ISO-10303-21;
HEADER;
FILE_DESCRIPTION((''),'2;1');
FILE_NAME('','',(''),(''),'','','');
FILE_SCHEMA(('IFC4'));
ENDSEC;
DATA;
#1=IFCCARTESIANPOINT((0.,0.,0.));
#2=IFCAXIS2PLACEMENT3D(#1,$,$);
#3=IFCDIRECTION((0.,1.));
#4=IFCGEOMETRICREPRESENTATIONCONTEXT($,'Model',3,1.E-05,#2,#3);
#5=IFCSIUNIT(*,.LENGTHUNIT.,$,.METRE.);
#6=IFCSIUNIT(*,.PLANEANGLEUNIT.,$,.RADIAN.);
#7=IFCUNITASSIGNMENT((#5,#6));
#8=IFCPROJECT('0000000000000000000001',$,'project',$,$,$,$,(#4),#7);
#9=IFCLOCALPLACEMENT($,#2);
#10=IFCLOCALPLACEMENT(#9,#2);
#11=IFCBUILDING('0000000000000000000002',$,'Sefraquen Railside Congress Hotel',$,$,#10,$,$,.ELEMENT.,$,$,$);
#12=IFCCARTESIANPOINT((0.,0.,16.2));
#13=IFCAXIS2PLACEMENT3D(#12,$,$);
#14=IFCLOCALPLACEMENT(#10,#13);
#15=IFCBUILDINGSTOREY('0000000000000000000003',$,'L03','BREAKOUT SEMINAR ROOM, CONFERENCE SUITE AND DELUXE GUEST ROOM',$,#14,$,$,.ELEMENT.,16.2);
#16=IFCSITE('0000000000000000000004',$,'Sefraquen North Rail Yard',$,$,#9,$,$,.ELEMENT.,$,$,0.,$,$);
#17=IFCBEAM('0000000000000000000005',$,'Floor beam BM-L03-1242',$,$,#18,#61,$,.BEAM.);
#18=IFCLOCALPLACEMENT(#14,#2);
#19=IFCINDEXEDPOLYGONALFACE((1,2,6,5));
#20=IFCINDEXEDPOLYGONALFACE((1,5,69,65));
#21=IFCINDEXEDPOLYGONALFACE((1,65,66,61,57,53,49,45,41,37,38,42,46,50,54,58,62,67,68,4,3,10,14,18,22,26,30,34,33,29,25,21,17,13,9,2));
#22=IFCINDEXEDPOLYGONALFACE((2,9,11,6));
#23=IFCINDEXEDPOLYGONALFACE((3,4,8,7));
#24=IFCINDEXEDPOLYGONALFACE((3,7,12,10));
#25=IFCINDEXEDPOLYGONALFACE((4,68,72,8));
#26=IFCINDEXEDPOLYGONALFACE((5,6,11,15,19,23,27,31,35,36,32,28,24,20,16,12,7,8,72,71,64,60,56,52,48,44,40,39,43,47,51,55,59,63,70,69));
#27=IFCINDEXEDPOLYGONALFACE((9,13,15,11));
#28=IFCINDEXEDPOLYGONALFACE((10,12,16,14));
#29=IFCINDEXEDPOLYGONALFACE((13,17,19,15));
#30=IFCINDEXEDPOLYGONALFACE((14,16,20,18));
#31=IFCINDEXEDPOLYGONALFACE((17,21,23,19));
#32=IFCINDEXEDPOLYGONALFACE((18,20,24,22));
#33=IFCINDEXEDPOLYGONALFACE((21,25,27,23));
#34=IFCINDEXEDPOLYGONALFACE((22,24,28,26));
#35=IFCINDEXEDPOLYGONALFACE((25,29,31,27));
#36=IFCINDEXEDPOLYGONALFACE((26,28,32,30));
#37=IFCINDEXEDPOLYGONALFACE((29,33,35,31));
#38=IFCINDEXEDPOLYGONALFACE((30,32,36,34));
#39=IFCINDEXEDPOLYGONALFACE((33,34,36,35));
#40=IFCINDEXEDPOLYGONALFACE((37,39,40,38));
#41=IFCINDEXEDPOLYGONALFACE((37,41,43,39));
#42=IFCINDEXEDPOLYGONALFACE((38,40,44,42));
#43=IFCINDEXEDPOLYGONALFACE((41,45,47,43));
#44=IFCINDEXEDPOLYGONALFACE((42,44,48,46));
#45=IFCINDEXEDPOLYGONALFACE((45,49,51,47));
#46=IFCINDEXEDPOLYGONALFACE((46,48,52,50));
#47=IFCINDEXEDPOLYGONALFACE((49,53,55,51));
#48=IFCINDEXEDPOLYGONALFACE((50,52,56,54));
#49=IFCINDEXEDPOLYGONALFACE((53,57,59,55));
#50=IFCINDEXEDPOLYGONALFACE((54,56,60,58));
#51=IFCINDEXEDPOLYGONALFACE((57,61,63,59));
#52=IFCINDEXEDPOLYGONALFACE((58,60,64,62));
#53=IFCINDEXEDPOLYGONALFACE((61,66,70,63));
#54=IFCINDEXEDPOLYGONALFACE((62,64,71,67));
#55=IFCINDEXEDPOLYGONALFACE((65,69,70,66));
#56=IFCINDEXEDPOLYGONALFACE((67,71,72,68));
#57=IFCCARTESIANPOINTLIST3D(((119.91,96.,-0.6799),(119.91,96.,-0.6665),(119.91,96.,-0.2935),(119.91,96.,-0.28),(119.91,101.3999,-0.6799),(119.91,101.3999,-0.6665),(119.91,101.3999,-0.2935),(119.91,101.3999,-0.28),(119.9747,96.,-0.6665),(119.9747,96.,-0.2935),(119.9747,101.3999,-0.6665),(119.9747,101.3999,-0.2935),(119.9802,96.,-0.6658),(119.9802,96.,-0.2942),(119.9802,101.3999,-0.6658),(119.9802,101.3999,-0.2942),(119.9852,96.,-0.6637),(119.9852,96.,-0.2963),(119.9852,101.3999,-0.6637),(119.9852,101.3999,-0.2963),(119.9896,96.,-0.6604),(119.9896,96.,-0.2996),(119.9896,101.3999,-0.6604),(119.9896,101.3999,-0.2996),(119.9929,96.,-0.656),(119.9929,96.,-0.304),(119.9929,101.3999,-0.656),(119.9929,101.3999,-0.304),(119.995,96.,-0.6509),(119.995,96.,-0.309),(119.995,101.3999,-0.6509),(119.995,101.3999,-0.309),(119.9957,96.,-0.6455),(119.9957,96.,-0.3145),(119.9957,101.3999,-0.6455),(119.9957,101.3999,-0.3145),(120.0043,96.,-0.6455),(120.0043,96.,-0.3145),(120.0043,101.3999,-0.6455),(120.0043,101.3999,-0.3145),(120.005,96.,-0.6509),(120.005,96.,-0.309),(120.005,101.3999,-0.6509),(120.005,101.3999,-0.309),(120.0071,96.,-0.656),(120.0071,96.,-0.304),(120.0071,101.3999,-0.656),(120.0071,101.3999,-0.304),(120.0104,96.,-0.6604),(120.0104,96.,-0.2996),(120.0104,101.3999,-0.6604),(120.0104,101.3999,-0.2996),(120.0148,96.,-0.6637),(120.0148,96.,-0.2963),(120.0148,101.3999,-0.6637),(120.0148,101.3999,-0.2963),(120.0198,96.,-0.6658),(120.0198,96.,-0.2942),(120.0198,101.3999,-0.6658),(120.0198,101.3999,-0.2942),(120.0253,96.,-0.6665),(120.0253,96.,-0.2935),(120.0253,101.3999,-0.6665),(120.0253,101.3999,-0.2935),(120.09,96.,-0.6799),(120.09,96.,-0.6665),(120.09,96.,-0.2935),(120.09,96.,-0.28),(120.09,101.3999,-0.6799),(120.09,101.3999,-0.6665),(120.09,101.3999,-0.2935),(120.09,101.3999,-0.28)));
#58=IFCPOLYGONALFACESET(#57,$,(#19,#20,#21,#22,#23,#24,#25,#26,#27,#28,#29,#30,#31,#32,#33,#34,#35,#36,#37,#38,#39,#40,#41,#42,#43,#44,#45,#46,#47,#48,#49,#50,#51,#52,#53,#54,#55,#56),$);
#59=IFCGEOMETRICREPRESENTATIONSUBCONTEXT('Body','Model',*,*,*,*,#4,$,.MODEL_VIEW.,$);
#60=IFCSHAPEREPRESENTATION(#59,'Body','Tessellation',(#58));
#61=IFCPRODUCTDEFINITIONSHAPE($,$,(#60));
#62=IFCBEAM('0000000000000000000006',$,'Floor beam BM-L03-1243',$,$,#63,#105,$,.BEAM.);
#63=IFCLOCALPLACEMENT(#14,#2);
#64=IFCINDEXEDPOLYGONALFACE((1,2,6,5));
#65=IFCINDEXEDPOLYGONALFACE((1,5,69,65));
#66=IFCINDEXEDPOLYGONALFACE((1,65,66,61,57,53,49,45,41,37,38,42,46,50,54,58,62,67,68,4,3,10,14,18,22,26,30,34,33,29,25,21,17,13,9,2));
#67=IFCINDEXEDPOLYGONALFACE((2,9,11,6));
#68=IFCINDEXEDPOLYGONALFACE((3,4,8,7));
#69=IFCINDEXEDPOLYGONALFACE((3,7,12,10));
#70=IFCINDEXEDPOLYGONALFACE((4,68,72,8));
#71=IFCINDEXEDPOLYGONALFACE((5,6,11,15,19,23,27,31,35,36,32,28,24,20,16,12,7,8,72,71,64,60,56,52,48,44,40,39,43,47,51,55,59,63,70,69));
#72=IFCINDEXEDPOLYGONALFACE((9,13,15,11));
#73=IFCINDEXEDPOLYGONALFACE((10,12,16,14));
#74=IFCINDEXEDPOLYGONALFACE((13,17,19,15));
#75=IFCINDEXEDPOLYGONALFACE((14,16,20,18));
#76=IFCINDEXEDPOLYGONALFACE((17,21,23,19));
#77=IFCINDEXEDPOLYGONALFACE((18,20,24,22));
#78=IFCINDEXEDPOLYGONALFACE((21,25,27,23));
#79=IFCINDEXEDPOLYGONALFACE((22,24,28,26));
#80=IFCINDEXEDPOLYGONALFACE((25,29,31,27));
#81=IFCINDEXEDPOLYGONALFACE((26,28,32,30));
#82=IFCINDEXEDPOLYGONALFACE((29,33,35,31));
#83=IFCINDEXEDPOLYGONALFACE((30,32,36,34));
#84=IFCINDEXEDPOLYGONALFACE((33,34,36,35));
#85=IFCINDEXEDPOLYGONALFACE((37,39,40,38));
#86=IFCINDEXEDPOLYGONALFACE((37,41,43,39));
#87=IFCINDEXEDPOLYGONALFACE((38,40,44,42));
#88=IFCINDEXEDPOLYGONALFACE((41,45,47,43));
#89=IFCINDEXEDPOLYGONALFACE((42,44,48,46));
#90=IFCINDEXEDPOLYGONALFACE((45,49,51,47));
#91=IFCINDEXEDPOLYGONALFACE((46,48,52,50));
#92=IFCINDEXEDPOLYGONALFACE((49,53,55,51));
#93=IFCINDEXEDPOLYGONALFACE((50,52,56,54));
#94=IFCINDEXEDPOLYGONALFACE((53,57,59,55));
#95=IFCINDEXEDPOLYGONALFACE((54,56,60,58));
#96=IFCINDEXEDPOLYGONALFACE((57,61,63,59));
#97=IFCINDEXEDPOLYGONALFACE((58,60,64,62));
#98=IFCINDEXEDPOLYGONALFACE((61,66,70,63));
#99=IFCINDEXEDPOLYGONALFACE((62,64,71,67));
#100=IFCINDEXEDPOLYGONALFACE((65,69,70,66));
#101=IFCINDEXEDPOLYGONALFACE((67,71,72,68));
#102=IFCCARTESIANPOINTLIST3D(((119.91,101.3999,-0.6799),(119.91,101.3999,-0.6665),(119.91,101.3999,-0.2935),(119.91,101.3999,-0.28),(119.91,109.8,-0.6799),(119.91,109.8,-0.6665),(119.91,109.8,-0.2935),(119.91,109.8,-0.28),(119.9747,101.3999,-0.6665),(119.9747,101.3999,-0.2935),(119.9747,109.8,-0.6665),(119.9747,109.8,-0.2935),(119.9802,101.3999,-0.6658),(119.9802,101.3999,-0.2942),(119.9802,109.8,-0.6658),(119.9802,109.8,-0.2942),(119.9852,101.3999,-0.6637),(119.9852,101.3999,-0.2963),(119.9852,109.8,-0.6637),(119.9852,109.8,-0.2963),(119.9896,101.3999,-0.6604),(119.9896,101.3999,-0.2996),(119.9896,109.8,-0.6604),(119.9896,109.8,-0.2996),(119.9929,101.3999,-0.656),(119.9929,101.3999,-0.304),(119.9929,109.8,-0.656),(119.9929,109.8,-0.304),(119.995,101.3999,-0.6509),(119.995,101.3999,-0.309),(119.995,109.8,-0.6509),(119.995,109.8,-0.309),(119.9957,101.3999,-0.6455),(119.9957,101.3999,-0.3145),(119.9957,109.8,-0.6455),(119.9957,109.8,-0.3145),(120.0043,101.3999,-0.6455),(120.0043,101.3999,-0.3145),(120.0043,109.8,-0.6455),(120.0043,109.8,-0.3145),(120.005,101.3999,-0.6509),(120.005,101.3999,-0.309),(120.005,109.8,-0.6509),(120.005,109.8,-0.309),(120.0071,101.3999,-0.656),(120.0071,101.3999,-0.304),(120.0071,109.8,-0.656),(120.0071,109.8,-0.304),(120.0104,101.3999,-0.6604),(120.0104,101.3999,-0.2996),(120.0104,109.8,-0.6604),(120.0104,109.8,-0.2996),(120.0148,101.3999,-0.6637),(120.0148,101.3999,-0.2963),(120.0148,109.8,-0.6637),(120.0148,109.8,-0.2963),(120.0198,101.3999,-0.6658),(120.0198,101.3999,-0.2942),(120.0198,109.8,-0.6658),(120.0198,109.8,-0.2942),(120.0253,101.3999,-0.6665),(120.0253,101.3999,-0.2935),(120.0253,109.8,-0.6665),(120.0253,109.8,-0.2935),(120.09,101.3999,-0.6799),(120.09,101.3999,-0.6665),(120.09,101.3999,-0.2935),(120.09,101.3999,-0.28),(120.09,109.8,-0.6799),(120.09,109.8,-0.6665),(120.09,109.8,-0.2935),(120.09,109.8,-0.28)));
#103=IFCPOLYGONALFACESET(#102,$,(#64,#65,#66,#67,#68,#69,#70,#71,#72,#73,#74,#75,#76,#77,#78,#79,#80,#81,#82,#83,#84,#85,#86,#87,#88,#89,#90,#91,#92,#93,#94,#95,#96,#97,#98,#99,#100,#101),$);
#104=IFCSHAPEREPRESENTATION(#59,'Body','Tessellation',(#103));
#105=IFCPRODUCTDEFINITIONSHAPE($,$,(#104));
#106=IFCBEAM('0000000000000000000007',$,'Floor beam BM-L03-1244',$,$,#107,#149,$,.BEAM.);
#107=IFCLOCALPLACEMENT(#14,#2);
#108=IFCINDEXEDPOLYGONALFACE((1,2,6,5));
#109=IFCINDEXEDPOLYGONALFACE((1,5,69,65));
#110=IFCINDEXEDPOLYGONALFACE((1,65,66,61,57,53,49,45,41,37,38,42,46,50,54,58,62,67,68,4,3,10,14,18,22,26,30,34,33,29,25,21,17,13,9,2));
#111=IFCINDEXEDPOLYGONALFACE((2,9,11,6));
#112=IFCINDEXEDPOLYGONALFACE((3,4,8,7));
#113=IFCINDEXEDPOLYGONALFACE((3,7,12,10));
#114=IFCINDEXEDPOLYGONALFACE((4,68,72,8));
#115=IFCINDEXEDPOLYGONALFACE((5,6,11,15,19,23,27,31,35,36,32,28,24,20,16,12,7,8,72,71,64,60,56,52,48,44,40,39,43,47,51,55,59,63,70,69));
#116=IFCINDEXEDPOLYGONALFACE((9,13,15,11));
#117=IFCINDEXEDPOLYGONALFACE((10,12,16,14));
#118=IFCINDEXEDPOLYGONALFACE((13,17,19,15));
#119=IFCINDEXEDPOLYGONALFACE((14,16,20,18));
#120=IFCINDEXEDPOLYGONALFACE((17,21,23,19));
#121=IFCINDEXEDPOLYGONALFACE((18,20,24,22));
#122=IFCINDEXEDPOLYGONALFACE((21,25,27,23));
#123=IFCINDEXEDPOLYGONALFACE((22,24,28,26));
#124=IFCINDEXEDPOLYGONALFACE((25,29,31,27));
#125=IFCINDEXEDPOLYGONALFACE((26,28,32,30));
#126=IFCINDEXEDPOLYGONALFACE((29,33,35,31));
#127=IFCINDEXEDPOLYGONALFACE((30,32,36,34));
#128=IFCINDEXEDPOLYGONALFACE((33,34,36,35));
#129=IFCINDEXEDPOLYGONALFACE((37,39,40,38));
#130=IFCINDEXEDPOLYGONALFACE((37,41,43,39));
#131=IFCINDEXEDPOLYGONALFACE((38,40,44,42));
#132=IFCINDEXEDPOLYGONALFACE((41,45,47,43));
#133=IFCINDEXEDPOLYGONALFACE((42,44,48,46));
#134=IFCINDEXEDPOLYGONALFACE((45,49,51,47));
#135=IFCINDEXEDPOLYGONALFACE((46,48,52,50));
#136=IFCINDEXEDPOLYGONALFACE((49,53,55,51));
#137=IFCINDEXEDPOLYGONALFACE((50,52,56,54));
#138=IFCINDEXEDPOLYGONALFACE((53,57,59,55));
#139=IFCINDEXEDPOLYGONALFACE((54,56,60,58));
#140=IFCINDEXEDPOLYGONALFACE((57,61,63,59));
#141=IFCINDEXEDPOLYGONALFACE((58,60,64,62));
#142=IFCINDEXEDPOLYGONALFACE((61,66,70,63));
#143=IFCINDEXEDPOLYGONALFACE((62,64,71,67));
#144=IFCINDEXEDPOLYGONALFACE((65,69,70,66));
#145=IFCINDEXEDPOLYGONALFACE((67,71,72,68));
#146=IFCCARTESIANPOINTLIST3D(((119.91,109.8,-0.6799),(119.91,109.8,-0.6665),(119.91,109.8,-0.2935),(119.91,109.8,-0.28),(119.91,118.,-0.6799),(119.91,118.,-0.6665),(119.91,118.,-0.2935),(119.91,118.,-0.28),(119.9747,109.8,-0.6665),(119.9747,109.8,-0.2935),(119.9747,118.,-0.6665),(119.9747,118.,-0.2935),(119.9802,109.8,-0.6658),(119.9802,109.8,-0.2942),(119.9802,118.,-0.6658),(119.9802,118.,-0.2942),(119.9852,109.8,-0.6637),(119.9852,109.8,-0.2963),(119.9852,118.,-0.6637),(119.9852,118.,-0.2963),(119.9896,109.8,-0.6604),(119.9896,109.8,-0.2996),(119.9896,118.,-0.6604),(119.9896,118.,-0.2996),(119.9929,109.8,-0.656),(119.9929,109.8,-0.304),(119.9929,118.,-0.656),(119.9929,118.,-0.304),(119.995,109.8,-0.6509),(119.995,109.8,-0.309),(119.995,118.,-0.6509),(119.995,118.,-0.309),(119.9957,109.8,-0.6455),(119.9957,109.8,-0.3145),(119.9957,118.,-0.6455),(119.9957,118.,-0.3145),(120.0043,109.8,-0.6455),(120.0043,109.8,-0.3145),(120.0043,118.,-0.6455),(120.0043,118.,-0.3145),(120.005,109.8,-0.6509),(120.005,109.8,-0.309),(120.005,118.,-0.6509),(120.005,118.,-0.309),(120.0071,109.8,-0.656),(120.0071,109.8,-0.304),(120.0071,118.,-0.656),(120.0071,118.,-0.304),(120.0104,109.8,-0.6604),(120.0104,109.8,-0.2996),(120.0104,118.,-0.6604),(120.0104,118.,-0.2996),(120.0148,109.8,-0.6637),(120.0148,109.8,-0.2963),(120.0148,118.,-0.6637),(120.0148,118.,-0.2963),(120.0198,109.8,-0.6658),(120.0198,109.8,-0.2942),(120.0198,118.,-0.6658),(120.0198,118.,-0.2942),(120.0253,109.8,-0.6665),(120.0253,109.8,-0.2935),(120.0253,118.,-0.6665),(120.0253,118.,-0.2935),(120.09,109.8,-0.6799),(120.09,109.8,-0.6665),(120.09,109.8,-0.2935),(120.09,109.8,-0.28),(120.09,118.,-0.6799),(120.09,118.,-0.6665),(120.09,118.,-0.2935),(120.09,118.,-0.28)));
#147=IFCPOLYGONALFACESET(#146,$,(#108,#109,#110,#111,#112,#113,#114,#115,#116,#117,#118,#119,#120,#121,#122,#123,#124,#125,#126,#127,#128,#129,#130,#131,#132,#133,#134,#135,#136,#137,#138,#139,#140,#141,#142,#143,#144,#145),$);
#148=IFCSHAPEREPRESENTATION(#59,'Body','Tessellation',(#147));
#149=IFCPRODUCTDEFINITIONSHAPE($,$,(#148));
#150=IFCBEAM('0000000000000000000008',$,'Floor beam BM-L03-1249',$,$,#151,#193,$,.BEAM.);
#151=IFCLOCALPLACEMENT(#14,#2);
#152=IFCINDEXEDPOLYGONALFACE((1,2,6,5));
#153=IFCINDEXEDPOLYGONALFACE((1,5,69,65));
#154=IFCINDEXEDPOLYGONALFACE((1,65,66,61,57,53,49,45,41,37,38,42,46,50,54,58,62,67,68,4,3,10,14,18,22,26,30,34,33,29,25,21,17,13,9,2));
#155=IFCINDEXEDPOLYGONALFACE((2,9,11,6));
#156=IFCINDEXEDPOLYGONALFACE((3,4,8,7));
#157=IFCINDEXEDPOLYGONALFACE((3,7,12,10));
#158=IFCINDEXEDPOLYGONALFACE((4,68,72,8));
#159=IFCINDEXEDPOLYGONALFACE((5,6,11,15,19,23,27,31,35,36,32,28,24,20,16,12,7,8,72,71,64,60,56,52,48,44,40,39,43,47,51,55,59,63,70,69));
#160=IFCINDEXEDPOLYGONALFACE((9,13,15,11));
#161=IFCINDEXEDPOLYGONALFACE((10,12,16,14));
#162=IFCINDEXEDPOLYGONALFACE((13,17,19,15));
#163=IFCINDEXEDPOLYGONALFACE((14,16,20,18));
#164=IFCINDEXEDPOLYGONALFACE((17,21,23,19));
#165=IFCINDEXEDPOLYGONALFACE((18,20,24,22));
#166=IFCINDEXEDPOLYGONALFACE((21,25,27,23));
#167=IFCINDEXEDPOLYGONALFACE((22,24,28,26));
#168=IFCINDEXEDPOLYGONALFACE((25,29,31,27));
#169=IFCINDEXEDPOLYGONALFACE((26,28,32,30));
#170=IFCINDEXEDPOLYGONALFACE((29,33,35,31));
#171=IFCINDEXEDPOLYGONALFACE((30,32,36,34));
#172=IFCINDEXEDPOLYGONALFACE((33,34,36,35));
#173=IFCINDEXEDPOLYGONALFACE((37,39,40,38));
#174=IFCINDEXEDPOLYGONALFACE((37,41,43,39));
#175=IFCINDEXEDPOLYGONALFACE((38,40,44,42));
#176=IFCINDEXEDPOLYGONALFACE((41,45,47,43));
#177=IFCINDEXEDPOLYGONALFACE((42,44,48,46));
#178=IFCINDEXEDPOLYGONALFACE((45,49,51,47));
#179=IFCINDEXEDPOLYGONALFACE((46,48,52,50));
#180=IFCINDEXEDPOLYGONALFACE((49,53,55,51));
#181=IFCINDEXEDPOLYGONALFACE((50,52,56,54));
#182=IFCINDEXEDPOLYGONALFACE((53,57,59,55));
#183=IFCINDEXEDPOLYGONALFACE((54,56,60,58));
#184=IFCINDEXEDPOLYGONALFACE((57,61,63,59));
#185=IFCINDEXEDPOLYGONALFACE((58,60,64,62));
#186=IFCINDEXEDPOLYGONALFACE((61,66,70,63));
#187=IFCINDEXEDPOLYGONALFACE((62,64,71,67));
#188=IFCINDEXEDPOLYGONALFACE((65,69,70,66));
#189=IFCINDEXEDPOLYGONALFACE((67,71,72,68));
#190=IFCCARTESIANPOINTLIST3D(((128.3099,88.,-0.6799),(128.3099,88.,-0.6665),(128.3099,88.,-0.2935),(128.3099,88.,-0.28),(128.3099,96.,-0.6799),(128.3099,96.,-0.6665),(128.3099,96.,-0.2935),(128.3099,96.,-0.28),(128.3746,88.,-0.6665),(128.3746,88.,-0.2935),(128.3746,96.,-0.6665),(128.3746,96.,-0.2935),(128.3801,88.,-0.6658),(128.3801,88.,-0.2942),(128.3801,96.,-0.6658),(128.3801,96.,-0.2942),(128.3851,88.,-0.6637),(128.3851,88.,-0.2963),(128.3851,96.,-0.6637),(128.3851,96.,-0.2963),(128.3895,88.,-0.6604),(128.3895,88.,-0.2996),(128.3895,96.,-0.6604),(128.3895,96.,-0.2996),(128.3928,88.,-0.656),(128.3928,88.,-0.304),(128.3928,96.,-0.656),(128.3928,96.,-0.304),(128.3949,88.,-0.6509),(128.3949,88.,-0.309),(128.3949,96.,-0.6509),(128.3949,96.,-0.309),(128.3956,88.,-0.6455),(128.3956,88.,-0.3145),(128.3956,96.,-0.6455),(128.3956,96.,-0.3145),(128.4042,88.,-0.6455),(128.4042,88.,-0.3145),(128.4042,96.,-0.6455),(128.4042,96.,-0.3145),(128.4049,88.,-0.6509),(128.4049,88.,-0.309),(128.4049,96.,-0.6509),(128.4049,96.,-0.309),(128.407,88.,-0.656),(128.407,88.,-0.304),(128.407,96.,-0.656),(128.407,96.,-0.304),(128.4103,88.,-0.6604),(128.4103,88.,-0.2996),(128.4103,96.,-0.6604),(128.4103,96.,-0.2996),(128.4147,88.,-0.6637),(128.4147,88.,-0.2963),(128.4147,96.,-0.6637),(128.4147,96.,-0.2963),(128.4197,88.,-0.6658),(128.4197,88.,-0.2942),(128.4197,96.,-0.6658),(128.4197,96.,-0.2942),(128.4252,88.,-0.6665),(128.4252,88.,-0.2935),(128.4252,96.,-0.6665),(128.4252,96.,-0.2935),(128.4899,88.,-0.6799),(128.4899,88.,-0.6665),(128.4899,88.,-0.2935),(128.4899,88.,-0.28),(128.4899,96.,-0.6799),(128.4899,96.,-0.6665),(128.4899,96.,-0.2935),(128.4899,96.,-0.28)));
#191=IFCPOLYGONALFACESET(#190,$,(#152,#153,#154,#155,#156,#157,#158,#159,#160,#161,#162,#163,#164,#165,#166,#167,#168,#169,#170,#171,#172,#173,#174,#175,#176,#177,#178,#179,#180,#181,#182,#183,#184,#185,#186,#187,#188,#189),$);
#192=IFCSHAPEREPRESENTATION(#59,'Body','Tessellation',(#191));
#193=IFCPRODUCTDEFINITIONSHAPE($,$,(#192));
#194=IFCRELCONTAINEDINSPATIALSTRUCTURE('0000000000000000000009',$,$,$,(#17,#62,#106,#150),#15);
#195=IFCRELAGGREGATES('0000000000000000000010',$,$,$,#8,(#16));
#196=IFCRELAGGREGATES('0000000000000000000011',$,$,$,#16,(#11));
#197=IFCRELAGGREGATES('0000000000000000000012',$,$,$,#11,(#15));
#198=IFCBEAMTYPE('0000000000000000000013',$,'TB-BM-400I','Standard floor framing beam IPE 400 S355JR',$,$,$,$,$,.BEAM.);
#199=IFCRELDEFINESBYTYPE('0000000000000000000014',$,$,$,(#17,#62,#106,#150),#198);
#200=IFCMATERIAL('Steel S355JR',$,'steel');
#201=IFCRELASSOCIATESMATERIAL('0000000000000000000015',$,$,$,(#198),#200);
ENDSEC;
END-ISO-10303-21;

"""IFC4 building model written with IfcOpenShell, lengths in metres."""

from ifc_helpers import new_model, si_unit, direction, frame, origin, origin_2d, place, context, subcontext, project, spatial, i_section, extrude, material, material_profile, profile_set, type_object, element, save


model = new_model("IFC4")

# Units and contexts
model_context = context("Model", 3, precision=1e-05, world=origin(), true_north=direction((0.0, 1.0)))
body_context = subcontext(model_context, "Body", "Model", "MODEL_VIEW")
ifc_project = project(units=[si_unit("LENGTHUNIT", "METRE"), si_unit("PLANEANGLEUNIT", "RADIAN")], contexts=[model_context])

# Site, building, storey
site_placement = place(None, origin())
site = spatial("IfcSite", under=ifc_project, at=site_placement, Name="Sefraquen North Rail Yard", CompositionType="ELEMENT", RefElevation=0.0)
building_placement = place(site_placement, origin())
building = spatial("IfcBuilding", under=site, at=building_placement, Name="Sefraquen Railside Congress Hotel", CompositionType="ELEMENT")
storey_placement = place(building_placement, frame((0.0, 0.0, 16.2)))
storey = spatial("IfcBuildingStorey", under=building, at=storey_placement, Name="L03", Description="BREAKOUT SEMINAR ROOM, CONFERENCE SUITE AND DELUXE GUEST ROOM", CompositionType="ELEMENT", Elevation=16.2)

# Shared definitions
ifc_material_1 = material(Name="Steel S355JR", Category="steel")

# Beams
ifc_material_profile_1 = material_profile(ifc_material_1, i_section(OverallWidth=0.1799, OverallDepth=0.3999, WebThickness=0.0085, FlangeThickness=0.0134, FilletRadius=0.021, at=origin_2d()), Name="IPE 400")
ifc_profile_set_1 = profile_set([ifc_material_profile_1], Name="Steel S355JR")
beam_type_1 = type_object("IfcBeamType", Name="TB-BM-400I", Description="Standard floor framing beam IPE 400 S355JR", PredefinedType="BEAM", material=ifc_profile_set_1)
beam_1_placement = place(storey_placement, frame((120.0, 96.0, -0.48), z_axis=(0.0, 1.0, 0.0), x_axis=(-1.0, 0.0, 0.0)))
element("IfcBeam", 1, at=beam_1_placement, inside=storey, type_object=beam_type_1, Name="Floor beam BM-L03-1242", PredefinedType="BEAM", context=body_context, shape_type="SweptSolid", body=[
    extrude(i_section(OverallWidth=0.1799, OverallDepth=0.3999, WebThickness=0.0085, FlangeThickness=0.0134, FilletRadius=0.021, at=origin_2d()), origin(), (0.0, 0.0, 1.0), 5.3999),
])
beam_2_placement = place(storey_placement, frame((120.0, 101.3999, -0.48), z_axis=(0.0, 1.0, 0.0), x_axis=(-1.0, 0.0, 0.0)))
element("IfcBeam", 2, at=beam_2_placement, inside=storey, type_object=beam_type_1, Name="Floor beam BM-L03-1243", PredefinedType="BEAM", context=body_context, shape_type="SweptSolid", body=[
    extrude(i_section(OverallWidth=0.1799, OverallDepth=0.3999, WebThickness=0.0085, FlangeThickness=0.0134, FilletRadius=0.021, at=origin_2d()), origin(), (0.0, 0.0, 1.0), 8.4001),
])
beam_3_placement = place(storey_placement, frame((120.0, 109.8, -0.48), z_axis=(0.0, 1.0, 0.0), x_axis=(-1.0, 0.0, 0.0)))
element("IfcBeam", 3, at=beam_3_placement, inside=storey, type_object=beam_type_1, Name="Floor beam BM-L03-1244", PredefinedType="BEAM", context=body_context, shape_type="SweptSolid", body=[
    extrude(i_section(OverallWidth=0.1799, OverallDepth=0.3999, WebThickness=0.0085, FlangeThickness=0.0134, FilletRadius=0.021, at=origin_2d()), origin(), (0.0, 0.0, 1.0), 8.2),
])
for number, where, z_axis, x_axis, name in (
    (4, (128.3999, 88.0, -0.48), (0.0, 1.0, 0.0), (-1.0, 0.0, 0.0), "Floor beam BM-L03-1249"),
):
    element("IfcBeam", number, at=place(storey_placement, frame(where, z_axis=z_axis, x_axis=x_axis)), inside=storey, type_object=beam_type_1, Name=name, PredefinedType="BEAM", context=body_context, shape_type="SweptSolid", body=[
        extrude(i_section(OverallWidth=0.1799, OverallDepth=0.3999, WebThickness=0.0085, FlangeThickness=0.0134, FilletRadius=0.021, at=origin_2d()), origin(), (0.0, 0.0, 1.0), 8.0),
    ])

save(model, "model.ifc")
